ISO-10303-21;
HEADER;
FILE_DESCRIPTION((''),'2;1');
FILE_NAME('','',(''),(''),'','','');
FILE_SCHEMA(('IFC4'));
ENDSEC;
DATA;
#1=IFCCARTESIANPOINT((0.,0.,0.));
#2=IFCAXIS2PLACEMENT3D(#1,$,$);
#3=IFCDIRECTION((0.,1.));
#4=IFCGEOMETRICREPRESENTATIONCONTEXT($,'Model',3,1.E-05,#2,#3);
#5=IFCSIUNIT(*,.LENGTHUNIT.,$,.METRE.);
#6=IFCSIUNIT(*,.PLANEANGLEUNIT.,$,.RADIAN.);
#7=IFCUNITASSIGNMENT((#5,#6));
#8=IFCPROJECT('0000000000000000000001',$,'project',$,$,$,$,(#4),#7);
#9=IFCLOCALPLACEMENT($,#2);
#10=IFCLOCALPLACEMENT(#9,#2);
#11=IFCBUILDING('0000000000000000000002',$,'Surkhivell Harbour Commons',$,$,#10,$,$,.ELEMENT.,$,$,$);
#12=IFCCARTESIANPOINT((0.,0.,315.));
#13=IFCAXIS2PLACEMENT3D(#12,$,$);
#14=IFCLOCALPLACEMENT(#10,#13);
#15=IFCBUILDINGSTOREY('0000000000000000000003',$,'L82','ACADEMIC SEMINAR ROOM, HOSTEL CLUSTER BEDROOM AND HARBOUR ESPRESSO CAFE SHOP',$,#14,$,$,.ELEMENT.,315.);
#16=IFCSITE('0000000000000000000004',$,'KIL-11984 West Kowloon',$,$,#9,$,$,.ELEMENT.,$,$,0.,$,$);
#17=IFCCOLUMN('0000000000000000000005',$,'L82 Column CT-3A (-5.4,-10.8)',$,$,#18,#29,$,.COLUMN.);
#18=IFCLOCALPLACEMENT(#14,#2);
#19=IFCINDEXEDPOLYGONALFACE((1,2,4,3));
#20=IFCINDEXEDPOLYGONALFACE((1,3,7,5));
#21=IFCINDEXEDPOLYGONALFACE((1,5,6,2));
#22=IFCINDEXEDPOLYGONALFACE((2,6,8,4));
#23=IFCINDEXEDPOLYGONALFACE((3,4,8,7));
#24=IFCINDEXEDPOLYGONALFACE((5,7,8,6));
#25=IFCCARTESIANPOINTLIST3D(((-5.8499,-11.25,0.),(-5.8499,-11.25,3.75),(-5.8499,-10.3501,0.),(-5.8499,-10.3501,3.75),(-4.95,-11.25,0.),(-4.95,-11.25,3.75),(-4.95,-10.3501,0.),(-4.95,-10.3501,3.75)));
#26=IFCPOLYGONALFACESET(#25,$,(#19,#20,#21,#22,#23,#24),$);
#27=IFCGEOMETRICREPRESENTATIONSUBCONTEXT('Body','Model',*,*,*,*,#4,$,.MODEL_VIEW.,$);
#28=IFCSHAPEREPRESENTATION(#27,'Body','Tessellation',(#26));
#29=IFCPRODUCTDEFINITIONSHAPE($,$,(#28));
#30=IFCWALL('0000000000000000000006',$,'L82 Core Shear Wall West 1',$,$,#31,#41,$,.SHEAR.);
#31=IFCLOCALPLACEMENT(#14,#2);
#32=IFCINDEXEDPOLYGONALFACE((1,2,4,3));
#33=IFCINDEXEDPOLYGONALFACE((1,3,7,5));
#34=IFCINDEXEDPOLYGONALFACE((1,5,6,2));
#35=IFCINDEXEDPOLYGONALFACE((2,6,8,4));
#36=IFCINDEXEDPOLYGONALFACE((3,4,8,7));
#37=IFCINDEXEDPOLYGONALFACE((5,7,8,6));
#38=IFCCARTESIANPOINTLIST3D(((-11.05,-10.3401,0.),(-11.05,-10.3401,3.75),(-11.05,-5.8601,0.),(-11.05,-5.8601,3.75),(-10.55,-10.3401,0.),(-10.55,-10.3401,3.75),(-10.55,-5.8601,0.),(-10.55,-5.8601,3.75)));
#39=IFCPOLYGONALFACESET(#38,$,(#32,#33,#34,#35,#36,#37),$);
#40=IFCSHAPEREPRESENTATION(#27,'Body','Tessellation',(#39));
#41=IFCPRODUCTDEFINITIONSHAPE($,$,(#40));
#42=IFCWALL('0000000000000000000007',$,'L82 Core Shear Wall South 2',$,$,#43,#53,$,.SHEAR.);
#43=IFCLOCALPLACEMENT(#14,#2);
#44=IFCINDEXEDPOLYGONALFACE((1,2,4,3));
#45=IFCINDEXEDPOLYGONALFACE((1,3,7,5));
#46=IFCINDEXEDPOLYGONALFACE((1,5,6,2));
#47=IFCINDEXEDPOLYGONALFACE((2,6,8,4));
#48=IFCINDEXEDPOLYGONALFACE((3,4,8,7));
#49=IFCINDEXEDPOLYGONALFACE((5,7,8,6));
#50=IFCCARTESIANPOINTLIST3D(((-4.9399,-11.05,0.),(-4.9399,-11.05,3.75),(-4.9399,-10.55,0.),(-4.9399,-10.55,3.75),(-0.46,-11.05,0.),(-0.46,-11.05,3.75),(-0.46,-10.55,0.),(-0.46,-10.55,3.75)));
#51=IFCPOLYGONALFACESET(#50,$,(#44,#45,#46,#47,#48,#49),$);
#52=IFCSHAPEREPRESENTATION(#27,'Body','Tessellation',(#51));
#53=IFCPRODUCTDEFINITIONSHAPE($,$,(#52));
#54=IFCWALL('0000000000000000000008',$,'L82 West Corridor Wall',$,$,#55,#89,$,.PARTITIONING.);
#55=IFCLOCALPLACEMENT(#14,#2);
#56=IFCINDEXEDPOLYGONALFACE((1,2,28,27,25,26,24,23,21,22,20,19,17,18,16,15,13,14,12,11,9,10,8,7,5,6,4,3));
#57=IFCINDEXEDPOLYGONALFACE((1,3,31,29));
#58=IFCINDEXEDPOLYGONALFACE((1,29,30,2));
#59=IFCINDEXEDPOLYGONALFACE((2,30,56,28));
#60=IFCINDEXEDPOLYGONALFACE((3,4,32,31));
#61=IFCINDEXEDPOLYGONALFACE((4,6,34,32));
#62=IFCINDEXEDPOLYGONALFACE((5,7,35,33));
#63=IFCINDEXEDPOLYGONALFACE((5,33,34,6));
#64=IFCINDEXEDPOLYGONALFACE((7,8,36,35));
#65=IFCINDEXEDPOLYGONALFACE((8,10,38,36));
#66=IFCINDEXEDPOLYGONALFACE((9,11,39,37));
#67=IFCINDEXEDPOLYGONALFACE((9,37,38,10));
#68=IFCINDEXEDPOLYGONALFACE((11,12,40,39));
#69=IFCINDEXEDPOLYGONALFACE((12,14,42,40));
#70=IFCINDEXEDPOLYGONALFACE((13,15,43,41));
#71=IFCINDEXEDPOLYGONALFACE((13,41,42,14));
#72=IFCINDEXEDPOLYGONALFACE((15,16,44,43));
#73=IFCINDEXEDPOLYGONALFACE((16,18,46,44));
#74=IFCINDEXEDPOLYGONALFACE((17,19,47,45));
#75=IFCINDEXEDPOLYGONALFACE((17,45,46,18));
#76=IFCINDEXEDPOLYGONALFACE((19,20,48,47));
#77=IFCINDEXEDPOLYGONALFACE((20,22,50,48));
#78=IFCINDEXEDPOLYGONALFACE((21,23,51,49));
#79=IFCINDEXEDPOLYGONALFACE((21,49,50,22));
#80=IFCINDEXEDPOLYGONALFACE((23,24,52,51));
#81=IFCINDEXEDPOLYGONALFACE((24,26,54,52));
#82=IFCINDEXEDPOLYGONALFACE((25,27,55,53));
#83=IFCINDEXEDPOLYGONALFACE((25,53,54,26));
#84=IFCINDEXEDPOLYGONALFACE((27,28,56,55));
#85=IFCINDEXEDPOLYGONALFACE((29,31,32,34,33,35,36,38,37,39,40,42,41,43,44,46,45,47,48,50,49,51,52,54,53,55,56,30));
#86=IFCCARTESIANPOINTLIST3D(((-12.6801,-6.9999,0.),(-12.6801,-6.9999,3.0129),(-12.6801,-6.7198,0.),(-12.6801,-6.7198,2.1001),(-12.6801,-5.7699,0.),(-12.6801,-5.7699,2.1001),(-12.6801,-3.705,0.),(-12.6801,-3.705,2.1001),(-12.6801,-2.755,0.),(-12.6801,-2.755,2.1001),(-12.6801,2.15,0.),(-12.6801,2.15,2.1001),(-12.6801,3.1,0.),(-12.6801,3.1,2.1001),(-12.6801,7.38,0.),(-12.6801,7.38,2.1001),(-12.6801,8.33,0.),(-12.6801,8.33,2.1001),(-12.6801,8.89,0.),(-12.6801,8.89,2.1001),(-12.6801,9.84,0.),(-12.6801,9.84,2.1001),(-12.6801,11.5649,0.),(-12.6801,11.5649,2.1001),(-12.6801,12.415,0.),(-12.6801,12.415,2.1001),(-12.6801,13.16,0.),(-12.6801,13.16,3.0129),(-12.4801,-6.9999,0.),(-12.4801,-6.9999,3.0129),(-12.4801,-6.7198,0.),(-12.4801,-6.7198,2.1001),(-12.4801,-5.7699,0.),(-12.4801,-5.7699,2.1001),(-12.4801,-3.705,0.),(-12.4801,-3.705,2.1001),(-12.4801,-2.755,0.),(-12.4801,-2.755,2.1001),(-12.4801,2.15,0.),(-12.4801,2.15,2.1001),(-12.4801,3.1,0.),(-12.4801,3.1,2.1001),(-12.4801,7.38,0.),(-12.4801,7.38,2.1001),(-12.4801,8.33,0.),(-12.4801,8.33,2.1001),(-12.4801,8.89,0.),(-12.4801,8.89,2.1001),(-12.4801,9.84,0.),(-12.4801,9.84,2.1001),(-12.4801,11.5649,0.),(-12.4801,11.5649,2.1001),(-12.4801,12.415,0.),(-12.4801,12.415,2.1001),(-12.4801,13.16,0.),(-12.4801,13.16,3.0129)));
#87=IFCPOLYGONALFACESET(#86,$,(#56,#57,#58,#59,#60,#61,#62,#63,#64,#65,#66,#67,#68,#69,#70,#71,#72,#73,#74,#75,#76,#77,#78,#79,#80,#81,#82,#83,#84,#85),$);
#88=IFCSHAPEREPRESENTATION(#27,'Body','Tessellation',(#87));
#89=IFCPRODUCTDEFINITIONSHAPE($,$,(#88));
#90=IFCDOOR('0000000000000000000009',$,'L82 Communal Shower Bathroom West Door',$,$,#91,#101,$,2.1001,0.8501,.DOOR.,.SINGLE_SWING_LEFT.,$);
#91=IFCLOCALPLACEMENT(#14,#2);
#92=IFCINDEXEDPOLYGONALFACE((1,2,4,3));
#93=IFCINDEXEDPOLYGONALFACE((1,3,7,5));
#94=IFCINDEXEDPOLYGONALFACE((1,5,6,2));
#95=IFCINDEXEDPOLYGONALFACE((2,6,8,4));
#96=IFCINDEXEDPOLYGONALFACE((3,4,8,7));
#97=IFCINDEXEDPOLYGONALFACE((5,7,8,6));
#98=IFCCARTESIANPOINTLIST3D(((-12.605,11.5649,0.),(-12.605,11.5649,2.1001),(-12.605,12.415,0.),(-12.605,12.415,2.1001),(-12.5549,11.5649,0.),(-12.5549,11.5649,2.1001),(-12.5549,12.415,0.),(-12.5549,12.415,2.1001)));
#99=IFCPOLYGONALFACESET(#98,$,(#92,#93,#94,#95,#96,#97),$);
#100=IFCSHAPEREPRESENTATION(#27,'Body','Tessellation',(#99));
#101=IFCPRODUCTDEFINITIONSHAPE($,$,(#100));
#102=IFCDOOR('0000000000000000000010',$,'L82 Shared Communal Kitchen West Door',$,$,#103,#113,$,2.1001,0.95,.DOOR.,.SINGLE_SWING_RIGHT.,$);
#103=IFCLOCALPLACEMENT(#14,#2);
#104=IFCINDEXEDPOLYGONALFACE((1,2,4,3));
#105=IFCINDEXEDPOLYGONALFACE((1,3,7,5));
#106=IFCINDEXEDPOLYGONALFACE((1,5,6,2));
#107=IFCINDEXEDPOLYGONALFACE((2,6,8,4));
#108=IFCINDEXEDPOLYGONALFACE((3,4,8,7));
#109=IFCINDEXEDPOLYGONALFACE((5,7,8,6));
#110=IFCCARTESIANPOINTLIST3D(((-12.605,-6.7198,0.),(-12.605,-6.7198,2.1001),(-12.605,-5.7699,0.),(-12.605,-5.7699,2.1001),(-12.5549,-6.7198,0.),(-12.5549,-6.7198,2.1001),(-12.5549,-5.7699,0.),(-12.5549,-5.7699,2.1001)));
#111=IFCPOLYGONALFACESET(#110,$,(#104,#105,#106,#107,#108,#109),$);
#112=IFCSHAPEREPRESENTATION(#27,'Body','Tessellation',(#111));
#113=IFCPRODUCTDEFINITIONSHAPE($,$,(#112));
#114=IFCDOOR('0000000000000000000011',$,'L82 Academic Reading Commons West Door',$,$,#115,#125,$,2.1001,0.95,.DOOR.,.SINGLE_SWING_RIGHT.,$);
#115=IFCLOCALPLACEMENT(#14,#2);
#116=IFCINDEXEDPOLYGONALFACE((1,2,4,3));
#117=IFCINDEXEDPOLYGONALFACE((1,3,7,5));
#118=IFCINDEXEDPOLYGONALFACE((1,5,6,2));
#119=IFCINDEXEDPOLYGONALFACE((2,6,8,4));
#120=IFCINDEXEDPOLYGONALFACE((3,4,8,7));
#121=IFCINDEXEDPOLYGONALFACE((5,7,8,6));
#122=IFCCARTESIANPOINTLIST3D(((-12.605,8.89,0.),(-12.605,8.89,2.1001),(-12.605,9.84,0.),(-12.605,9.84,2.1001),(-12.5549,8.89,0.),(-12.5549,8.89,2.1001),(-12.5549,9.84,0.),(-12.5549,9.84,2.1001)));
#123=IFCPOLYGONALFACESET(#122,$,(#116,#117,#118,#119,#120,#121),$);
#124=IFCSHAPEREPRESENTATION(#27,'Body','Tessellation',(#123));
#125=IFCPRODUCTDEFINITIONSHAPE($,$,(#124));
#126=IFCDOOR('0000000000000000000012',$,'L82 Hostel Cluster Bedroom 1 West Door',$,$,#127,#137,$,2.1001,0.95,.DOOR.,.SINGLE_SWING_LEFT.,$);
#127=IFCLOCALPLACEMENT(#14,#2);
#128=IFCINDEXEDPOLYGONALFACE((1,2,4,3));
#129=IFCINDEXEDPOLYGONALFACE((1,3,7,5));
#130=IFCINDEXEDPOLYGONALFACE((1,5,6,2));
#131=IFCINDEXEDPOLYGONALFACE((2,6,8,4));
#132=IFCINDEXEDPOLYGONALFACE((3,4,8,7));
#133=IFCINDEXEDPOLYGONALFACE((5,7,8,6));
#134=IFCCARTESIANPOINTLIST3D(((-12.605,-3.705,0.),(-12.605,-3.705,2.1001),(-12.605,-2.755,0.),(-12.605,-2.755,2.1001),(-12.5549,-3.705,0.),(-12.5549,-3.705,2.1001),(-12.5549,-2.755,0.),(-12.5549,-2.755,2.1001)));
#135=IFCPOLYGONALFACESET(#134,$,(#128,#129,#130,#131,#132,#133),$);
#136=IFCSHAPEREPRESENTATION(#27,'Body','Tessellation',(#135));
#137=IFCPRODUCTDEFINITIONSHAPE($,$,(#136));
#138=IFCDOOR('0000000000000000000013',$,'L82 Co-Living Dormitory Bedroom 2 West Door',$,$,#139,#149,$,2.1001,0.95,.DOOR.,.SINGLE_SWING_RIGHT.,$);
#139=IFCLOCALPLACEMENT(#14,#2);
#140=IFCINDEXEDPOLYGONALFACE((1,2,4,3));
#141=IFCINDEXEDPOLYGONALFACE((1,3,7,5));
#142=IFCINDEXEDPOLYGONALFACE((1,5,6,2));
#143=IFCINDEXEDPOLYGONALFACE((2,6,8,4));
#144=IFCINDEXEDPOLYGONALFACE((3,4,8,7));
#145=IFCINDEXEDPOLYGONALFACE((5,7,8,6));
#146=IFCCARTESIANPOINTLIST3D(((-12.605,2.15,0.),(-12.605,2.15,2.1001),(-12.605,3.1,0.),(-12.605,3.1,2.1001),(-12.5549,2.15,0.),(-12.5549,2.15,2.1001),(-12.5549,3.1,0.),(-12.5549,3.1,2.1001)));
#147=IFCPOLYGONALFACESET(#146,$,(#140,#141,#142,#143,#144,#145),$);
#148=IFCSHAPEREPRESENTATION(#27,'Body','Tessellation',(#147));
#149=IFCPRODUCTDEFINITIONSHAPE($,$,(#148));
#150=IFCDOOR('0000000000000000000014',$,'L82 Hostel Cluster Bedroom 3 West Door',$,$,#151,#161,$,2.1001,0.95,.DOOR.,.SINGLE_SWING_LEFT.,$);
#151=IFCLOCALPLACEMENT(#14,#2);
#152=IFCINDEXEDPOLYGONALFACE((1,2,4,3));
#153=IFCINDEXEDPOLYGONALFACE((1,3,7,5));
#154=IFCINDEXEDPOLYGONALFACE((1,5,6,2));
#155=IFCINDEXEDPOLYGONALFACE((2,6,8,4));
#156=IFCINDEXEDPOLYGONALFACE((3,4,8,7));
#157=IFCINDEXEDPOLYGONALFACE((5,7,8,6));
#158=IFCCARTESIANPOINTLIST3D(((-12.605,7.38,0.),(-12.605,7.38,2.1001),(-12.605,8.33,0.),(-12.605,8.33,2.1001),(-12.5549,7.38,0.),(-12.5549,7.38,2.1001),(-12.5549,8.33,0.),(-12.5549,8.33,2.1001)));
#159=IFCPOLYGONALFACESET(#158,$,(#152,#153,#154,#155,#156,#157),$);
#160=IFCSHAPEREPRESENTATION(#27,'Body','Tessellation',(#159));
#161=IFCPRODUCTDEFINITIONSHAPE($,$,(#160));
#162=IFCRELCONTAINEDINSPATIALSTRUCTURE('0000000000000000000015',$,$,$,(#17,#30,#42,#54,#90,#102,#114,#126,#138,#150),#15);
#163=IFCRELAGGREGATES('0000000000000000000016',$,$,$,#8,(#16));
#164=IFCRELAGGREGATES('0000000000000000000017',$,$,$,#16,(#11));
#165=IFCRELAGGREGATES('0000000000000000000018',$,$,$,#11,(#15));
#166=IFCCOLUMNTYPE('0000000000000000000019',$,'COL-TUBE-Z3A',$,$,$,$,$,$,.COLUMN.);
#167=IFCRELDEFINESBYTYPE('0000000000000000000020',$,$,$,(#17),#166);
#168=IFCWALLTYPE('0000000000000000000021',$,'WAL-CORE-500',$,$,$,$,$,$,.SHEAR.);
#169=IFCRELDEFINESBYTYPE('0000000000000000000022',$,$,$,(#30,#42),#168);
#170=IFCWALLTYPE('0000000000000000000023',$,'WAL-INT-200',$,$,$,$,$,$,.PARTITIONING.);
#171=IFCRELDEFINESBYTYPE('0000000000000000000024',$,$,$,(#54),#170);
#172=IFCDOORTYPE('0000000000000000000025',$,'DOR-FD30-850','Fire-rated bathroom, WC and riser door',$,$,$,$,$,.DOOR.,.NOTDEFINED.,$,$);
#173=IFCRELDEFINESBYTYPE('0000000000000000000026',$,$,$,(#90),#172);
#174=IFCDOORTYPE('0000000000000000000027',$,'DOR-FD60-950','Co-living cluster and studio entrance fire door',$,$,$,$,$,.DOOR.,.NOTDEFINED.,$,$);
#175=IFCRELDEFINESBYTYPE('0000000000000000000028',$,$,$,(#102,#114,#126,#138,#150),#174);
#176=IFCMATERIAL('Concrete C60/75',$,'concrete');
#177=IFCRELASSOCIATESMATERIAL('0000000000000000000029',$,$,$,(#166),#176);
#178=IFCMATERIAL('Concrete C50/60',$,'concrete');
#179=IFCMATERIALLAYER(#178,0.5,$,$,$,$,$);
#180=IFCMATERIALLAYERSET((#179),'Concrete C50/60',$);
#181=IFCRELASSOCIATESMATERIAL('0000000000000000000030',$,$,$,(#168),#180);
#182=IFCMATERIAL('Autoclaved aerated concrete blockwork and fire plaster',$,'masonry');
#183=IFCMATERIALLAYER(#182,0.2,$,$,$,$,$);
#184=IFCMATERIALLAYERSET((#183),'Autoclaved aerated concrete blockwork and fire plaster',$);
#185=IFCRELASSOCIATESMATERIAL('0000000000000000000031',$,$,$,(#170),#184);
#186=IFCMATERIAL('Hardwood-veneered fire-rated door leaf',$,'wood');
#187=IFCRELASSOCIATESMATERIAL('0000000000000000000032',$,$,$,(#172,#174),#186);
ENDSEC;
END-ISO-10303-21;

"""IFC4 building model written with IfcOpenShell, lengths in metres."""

from ifc_helpers import new_model, si_unit, direction, frame, frame_2d, origin, origin_2d, place, context, subcontext, project, spatial, rectangle, extrude, material, layer, layer_set, material_profile, profile_set, type_object, element, fill, save


model = new_model("IFC4")

# Units and contexts
model_context = context("Model", 3, precision=1e-05, world=origin(), true_north=direction((0.0, 1.0)))
body_context = subcontext(model_context, "Body", "Model", "MODEL_VIEW")
ifc_project = project(units=[si_unit("LENGTHUNIT", "METRE"), si_unit("PLANEANGLEUNIT", "RADIAN")], contexts=[model_context])

# Site, building, storey
site_placement = place(None, origin())
site = spatial("IfcSite", under=ifc_project, at=site_placement, Name="KIL-11984 West Kowloon", CompositionType="ELEMENT", RefElevation=0.0)
building_placement = place(site_placement, origin())
building = spatial("IfcBuilding", under=site, at=building_placement, Name="Surkhivell Harbour Commons", CompositionType="ELEMENT")
storey_placement = place(building_placement, frame((0.0, 0.0, 315.0)))
storey = spatial("IfcBuildingStorey", under=building, at=storey_placement, Name="L82", Description="ACADEMIC SEMINAR ROOM, HOSTEL CLUSTER BEDROOM AND HARBOUR ESPRESSO CAFE SHOP", CompositionType="ELEMENT", Elevation=315.0)

# Column
ifc_material_1 = material(Name="Concrete C60/75", Category="concrete")
ifc_material_profile = material_profile(ifc_material_1, rectangle(XDim=0.8999, YDim=0.8999, at=origin_2d()), Name="RC-COL-900x900")
ifc_profile_set = profile_set([ifc_material_profile], Name="Concrete C60/75")
column_type = type_object("IfcColumnType", Name="COL-TUBE-Z3A", PredefinedType="COLUMN", material=ifc_profile_set)
column_placement = place(storey_placement, frame((-5.3999, -10.8, 0.0), z_axis=(0.0, 0.0, 1.0), x_axis=(1.0, 0.0, 0.0)))
element("IfcColumn", 1, at=column_placement, inside=storey, type_object=column_type, Name="L82 Column CT-3A (-5.4,-10.8)", PredefinedType="COLUMN", context=body_context, shape_type="SweptSolid", body=[
    extrude(rectangle(XDim=0.8999, YDim=0.8999, at=origin_2d()), origin(), (0.0, 0.0, 1.0), 3.75),
])

# Walls
ifc_material_2 = material(Name="Concrete C50/60", Category="concrete")
ifc_layer_1 = layer(ifc_material_2, 0.5)
ifc_layer_set_1 = layer_set([ifc_layer_1], Name="Concrete C50/60")
wall_type_1 = type_object("IfcWallType", Name="WAL-CORE-500", PredefinedType="SHEAR", material=ifc_layer_set_1)
for number, where, z_axis, x_axis, name in (
    (2, (-10.8, -10.3401, 0.0), (0.0, 0.0, 1.0), (0.0, 1.0, 0.0), "L82 Core Shear Wall West 1"),
    (3, (-4.9399, -10.8, 0.0), (0.0, 0.0, 1.0), (1.0, 0.0, 0.0), "L82 Core Shear Wall South 2"),
):
    element("IfcWall", number, at=place(storey_placement, frame(where, z_axis=z_axis, x_axis=x_axis)), inside=storey, type_object=wall_type_1, Name=name, PredefinedType="SHEAR", context=body_context, shape_type="SweptSolid", body=[
        extrude(rectangle(XDim=4.48, YDim=0.5, at=frame_2d((2.24, 0.0))), origin(), (0.0, 0.0, 1.0), 3.75),
    ])

# Wall, openings, doors
ifc_material_3 = material(Name="Autoclaved aerated concrete blockwork and fire plaster", Category="masonry")
ifc_layer_2 = layer(ifc_material_3, 0.2)
ifc_layer_set_2 = layer_set([ifc_layer_2], Name="Autoclaved aerated concrete blockwork and fire plaster")
wall_type_2 = type_object("IfcWallType", Name="WAL-INT-200", PredefinedType="PARTITIONING", material=ifc_layer_set_2)
wall_placement = place(storey_placement, frame((-12.5801, -7.0, 0.0), z_axis=(0.0, 0.0, 1.0), x_axis=(0.0, 1.0, 0.0)))
wall = element("IfcWall", 4, at=wall_placement, inside=storey, type_object=wall_type_2, Name="L82 West Corridor Wall", PredefinedType="PARTITIONING", context=body_context, shape_type="SweptSolid", body=[
    extrude(rectangle(XDim=20.1599, YDim=0.2, at=frame_2d((10.0801, 0.0))), origin(), (0.0, 0.0, 1.0), 3.0129),
])
opening_1_placement = place(wall_placement, frame((0.28, 0.0, 0.0)))
opening_1 = element("IfcOpeningElement", 5, at=opening_1_placement, cuts=wall, PredefinedType="OPENING", context=body_context, shape_type="SweptSolid", body=[
    extrude(rectangle(XDim=0.95, YDim=2.1001, at=frame_2d((0.4751, 1.05))), frame((0.0, 0.1099, 0.0), z_axis=(0.0, -1.0, 0.0), x_axis=(1.0, 0.0, 0.0)), (0.0, 0.0, 1.0), 0.22),
])
opening_2_placement = place(wall_placement, frame((18.5649, 0.0, 0.0)))
opening_2 = element("IfcOpeningElement", 6, at=opening_2_placement, cuts=wall, PredefinedType="OPENING", context=body_context, shape_type="SweptSolid", body=[
    extrude(rectangle(XDim=0.8501, YDim=2.1001, at=frame_2d((0.425, 1.05))), frame((0.0, 0.1099, 0.0), z_axis=(0.0, -1.0, 0.0), x_axis=(1.0, 0.0, 0.0)), (0.0, 0.0, 1.0), 0.22),
])
opening_3_placement = place(wall_placement, frame((15.8899, 0.0, 0.0)))
opening_3 = element("IfcOpeningElement", 7, at=opening_3_placement, cuts=wall, PredefinedType="OPENING", context=body_context, shape_type="SweptSolid", body=[
    extrude(rectangle(XDim=0.95, YDim=2.1001, at=frame_2d((0.4751, 1.05))), frame((0.0, 0.1099, 0.0), z_axis=(0.0, -1.0, 0.0), x_axis=(1.0, 0.0, 0.0)), (0.0, 0.0, 1.0), 0.22),
])
opening_4_placement = place(wall_placement, frame((3.2949, 0.0, 0.0)))
opening_4 = element("IfcOpeningElement", 8, at=opening_4_placement, cuts=wall, PredefinedType="OPENING", context=body_context, shape_type="SweptSolid", body=[
    extrude(rectangle(XDim=0.95, YDim=2.1001, at=frame_2d((0.4751, 1.05))), frame((0.0, 0.1099, 0.0), z_axis=(0.0, -1.0, 0.0), x_axis=(1.0, 0.0, 0.0)), (0.0, 0.0, 1.0), 0.22),
])
opening_5_placement = place(wall_placement, frame((9.1499, 0.0, 0.0)))
opening_5 = element("IfcOpeningElement", 9, at=opening_5_placement, cuts=wall, PredefinedType="OPENING", context=body_context, shape_type="SweptSolid", body=[
    extrude(rectangle(XDim=0.95, YDim=2.1001, at=frame_2d((0.4751, 1.05))), frame((0.0, 0.1099, 0.0), z_axis=(0.0, -1.0, 0.0), x_axis=(1.0, 0.0, 0.0)), (0.0, 0.0, 1.0), 0.22),
])
opening_6_placement = place(wall_placement, frame((14.3799, 0.0, 0.0)))
opening_6 = element("IfcOpeningElement", 10, at=opening_6_placement, cuts=wall, PredefinedType="OPENING", context=body_context, shape_type="SweptSolid", body=[
    extrude(rectangle(XDim=0.95, YDim=2.1001, at=frame_2d((0.4751, 1.05))), frame((0.0, 0.1099, 0.0), z_axis=(0.0, -1.0, 0.0), x_axis=(1.0, 0.0, 0.0)), (0.0, 0.0, 1.0), 0.22),
])
ifc_material_4 = material(Name="Hardwood-veneered fire-rated door leaf", Category="wood")
door_type_1 = type_object("IfcDoorType", Name="DOR-FD30-850", Description="Fire-rated bathroom, WC and riser door", OperationType="NOTDEFINED", PredefinedType="DOOR", material=ifc_material_4)
door_1_placement = place(opening_2_placement, origin())
door_1 = element("IfcDoor", 11, at=door_1_placement, inside=storey, type_object=door_type_1, Name="L82 Communal Shower Bathroom West Door", OperationType="SINGLE_SWING_LEFT", OverallHeight=2.1001, OverallWidth=0.8501, PredefinedType="DOOR", context=body_context, shape_type="SweptSolid", body=[
    extrude(rectangle(XDim=0.8501, YDim=2.1001, at=frame_2d((0.425, 1.05))), frame((0.0, 0.0249, 0.0), z_axis=(0.0, -1.0, 0.0), x_axis=(1.0, 0.0, 0.0)), (0.0, 0.0, 1.0), 0.05),
])
fill(opening_2, door_1)
door_type_2 = type_object("IfcDoorType", Name="DOR-FD60-950", Description="Co-living cluster and studio entrance fire door", OperationType="NOTDEFINED", PredefinedType="DOOR", material=ifc_material_4)
door_2_placement = place(opening_1_placement, origin())
door_2 = element("IfcDoor", 12, at=door_2_placement, inside=storey, type_object=door_type_2, Name="L82 Shared Communal Kitchen West Door", OperationType="SINGLE_SWING_RIGHT", OverallHeight=2.1001, OverallWidth=0.95, PredefinedType="DOOR", context=body_context, shape_type="SweptSolid", body=[
    extrude(rectangle(XDim=0.95, YDim=2.1001, at=frame_2d((0.4751, 1.05))), frame((0.0, 0.0249, 0.0), z_axis=(0.0, -1.0, 0.0), x_axis=(1.0, 0.0, 0.0)), (0.0, 0.0, 1.0), 0.05),
])
fill(opening_1, door_2)
door_3_placement = place(opening_3_placement, origin())
door_3 = element("IfcDoor", 13, at=door_3_placement, inside=storey, type_object=door_type_2, Name="L82 Academic Reading Commons West Door", OperationType="SINGLE_SWING_RIGHT", OverallHeight=2.1001, OverallWidth=0.95, PredefinedType="DOOR", context=body_context, shape_type="SweptSolid", body=[
    extrude(rectangle(XDim=0.95, YDim=2.1001, at=frame_2d((0.4751, 1.05))), frame((0.0, 0.0249, 0.0), z_axis=(0.0, -1.0, 0.0), x_axis=(1.0, 0.0, 0.0)), (0.0, 0.0, 1.0), 0.05),
])
fill(opening_3, door_3)
door_4_placement = place(opening_4_placement, origin())
door_4 = element("IfcDoor", 14, at=door_4_placement, inside=storey, type_object=door_type_2, Name="L82 Hostel Cluster Bedroom 1 West Door", OperationType="SINGLE_SWING_LEFT", OverallHeight=2.1001, OverallWidth=0.95, PredefinedType="DOOR", context=body_context, shape_type="SweptSolid", body=[
    extrude(rectangle(XDim=0.95, YDim=2.1001, at=frame_2d((0.4751, 1.05))), frame((0.0, 0.0249, 0.0), z_axis=(0.0, -1.0, 0.0), x_axis=(1.0, 0.0, 0.0)), (0.0, 0.0, 1.0), 0.05),
])
fill(opening_4, door_4)
door_5_placement = place(opening_5_placement, origin())
door_5 = element("IfcDoor", 15, at=door_5_placement, inside=storey, type_object=door_type_2, Name="L82 Co-Living Dormitory Bedroom 2 West Door", OperationType="SINGLE_SWING_RIGHT", OverallHeight=2.1001, OverallWidth=0.95, PredefinedType="DOOR", context=body_context, shape_type="SweptSolid", body=[
    extrude(rectangle(XDim=0.95, YDim=2.1001, at=frame_2d((0.4751, 1.05))), frame((0.0, 0.0249, 0.0), z_axis=(0.0, -1.0, 0.0), x_axis=(1.0, 0.0, 0.0)), (0.0, 0.0, 1.0), 0.05),
])
fill(opening_5, door_5)
door_6_placement = place(opening_6_placement, origin())
door_6 = element("IfcDoor", 16, at=door_6_placement, inside=storey, type_object=door_type_2, Name="L82 Hostel Cluster Bedroom 3 West Door", OperationType="SINGLE_SWING_LEFT", OverallHeight=2.1001, OverallWidth=0.95, PredefinedType="DOOR", context=body_context, shape_type="SweptSolid", body=[
    extrude(rectangle(XDim=0.95, YDim=2.1001, at=frame_2d((0.4751, 1.05))), frame((0.0, 0.0249, 0.0), z_axis=(0.0, -1.0, 0.0), x_axis=(1.0, 0.0, 0.0)), (0.0, 0.0, 1.0), 0.05),
])
fill(opening_6, door_6)

save(model, "model.ifc")
